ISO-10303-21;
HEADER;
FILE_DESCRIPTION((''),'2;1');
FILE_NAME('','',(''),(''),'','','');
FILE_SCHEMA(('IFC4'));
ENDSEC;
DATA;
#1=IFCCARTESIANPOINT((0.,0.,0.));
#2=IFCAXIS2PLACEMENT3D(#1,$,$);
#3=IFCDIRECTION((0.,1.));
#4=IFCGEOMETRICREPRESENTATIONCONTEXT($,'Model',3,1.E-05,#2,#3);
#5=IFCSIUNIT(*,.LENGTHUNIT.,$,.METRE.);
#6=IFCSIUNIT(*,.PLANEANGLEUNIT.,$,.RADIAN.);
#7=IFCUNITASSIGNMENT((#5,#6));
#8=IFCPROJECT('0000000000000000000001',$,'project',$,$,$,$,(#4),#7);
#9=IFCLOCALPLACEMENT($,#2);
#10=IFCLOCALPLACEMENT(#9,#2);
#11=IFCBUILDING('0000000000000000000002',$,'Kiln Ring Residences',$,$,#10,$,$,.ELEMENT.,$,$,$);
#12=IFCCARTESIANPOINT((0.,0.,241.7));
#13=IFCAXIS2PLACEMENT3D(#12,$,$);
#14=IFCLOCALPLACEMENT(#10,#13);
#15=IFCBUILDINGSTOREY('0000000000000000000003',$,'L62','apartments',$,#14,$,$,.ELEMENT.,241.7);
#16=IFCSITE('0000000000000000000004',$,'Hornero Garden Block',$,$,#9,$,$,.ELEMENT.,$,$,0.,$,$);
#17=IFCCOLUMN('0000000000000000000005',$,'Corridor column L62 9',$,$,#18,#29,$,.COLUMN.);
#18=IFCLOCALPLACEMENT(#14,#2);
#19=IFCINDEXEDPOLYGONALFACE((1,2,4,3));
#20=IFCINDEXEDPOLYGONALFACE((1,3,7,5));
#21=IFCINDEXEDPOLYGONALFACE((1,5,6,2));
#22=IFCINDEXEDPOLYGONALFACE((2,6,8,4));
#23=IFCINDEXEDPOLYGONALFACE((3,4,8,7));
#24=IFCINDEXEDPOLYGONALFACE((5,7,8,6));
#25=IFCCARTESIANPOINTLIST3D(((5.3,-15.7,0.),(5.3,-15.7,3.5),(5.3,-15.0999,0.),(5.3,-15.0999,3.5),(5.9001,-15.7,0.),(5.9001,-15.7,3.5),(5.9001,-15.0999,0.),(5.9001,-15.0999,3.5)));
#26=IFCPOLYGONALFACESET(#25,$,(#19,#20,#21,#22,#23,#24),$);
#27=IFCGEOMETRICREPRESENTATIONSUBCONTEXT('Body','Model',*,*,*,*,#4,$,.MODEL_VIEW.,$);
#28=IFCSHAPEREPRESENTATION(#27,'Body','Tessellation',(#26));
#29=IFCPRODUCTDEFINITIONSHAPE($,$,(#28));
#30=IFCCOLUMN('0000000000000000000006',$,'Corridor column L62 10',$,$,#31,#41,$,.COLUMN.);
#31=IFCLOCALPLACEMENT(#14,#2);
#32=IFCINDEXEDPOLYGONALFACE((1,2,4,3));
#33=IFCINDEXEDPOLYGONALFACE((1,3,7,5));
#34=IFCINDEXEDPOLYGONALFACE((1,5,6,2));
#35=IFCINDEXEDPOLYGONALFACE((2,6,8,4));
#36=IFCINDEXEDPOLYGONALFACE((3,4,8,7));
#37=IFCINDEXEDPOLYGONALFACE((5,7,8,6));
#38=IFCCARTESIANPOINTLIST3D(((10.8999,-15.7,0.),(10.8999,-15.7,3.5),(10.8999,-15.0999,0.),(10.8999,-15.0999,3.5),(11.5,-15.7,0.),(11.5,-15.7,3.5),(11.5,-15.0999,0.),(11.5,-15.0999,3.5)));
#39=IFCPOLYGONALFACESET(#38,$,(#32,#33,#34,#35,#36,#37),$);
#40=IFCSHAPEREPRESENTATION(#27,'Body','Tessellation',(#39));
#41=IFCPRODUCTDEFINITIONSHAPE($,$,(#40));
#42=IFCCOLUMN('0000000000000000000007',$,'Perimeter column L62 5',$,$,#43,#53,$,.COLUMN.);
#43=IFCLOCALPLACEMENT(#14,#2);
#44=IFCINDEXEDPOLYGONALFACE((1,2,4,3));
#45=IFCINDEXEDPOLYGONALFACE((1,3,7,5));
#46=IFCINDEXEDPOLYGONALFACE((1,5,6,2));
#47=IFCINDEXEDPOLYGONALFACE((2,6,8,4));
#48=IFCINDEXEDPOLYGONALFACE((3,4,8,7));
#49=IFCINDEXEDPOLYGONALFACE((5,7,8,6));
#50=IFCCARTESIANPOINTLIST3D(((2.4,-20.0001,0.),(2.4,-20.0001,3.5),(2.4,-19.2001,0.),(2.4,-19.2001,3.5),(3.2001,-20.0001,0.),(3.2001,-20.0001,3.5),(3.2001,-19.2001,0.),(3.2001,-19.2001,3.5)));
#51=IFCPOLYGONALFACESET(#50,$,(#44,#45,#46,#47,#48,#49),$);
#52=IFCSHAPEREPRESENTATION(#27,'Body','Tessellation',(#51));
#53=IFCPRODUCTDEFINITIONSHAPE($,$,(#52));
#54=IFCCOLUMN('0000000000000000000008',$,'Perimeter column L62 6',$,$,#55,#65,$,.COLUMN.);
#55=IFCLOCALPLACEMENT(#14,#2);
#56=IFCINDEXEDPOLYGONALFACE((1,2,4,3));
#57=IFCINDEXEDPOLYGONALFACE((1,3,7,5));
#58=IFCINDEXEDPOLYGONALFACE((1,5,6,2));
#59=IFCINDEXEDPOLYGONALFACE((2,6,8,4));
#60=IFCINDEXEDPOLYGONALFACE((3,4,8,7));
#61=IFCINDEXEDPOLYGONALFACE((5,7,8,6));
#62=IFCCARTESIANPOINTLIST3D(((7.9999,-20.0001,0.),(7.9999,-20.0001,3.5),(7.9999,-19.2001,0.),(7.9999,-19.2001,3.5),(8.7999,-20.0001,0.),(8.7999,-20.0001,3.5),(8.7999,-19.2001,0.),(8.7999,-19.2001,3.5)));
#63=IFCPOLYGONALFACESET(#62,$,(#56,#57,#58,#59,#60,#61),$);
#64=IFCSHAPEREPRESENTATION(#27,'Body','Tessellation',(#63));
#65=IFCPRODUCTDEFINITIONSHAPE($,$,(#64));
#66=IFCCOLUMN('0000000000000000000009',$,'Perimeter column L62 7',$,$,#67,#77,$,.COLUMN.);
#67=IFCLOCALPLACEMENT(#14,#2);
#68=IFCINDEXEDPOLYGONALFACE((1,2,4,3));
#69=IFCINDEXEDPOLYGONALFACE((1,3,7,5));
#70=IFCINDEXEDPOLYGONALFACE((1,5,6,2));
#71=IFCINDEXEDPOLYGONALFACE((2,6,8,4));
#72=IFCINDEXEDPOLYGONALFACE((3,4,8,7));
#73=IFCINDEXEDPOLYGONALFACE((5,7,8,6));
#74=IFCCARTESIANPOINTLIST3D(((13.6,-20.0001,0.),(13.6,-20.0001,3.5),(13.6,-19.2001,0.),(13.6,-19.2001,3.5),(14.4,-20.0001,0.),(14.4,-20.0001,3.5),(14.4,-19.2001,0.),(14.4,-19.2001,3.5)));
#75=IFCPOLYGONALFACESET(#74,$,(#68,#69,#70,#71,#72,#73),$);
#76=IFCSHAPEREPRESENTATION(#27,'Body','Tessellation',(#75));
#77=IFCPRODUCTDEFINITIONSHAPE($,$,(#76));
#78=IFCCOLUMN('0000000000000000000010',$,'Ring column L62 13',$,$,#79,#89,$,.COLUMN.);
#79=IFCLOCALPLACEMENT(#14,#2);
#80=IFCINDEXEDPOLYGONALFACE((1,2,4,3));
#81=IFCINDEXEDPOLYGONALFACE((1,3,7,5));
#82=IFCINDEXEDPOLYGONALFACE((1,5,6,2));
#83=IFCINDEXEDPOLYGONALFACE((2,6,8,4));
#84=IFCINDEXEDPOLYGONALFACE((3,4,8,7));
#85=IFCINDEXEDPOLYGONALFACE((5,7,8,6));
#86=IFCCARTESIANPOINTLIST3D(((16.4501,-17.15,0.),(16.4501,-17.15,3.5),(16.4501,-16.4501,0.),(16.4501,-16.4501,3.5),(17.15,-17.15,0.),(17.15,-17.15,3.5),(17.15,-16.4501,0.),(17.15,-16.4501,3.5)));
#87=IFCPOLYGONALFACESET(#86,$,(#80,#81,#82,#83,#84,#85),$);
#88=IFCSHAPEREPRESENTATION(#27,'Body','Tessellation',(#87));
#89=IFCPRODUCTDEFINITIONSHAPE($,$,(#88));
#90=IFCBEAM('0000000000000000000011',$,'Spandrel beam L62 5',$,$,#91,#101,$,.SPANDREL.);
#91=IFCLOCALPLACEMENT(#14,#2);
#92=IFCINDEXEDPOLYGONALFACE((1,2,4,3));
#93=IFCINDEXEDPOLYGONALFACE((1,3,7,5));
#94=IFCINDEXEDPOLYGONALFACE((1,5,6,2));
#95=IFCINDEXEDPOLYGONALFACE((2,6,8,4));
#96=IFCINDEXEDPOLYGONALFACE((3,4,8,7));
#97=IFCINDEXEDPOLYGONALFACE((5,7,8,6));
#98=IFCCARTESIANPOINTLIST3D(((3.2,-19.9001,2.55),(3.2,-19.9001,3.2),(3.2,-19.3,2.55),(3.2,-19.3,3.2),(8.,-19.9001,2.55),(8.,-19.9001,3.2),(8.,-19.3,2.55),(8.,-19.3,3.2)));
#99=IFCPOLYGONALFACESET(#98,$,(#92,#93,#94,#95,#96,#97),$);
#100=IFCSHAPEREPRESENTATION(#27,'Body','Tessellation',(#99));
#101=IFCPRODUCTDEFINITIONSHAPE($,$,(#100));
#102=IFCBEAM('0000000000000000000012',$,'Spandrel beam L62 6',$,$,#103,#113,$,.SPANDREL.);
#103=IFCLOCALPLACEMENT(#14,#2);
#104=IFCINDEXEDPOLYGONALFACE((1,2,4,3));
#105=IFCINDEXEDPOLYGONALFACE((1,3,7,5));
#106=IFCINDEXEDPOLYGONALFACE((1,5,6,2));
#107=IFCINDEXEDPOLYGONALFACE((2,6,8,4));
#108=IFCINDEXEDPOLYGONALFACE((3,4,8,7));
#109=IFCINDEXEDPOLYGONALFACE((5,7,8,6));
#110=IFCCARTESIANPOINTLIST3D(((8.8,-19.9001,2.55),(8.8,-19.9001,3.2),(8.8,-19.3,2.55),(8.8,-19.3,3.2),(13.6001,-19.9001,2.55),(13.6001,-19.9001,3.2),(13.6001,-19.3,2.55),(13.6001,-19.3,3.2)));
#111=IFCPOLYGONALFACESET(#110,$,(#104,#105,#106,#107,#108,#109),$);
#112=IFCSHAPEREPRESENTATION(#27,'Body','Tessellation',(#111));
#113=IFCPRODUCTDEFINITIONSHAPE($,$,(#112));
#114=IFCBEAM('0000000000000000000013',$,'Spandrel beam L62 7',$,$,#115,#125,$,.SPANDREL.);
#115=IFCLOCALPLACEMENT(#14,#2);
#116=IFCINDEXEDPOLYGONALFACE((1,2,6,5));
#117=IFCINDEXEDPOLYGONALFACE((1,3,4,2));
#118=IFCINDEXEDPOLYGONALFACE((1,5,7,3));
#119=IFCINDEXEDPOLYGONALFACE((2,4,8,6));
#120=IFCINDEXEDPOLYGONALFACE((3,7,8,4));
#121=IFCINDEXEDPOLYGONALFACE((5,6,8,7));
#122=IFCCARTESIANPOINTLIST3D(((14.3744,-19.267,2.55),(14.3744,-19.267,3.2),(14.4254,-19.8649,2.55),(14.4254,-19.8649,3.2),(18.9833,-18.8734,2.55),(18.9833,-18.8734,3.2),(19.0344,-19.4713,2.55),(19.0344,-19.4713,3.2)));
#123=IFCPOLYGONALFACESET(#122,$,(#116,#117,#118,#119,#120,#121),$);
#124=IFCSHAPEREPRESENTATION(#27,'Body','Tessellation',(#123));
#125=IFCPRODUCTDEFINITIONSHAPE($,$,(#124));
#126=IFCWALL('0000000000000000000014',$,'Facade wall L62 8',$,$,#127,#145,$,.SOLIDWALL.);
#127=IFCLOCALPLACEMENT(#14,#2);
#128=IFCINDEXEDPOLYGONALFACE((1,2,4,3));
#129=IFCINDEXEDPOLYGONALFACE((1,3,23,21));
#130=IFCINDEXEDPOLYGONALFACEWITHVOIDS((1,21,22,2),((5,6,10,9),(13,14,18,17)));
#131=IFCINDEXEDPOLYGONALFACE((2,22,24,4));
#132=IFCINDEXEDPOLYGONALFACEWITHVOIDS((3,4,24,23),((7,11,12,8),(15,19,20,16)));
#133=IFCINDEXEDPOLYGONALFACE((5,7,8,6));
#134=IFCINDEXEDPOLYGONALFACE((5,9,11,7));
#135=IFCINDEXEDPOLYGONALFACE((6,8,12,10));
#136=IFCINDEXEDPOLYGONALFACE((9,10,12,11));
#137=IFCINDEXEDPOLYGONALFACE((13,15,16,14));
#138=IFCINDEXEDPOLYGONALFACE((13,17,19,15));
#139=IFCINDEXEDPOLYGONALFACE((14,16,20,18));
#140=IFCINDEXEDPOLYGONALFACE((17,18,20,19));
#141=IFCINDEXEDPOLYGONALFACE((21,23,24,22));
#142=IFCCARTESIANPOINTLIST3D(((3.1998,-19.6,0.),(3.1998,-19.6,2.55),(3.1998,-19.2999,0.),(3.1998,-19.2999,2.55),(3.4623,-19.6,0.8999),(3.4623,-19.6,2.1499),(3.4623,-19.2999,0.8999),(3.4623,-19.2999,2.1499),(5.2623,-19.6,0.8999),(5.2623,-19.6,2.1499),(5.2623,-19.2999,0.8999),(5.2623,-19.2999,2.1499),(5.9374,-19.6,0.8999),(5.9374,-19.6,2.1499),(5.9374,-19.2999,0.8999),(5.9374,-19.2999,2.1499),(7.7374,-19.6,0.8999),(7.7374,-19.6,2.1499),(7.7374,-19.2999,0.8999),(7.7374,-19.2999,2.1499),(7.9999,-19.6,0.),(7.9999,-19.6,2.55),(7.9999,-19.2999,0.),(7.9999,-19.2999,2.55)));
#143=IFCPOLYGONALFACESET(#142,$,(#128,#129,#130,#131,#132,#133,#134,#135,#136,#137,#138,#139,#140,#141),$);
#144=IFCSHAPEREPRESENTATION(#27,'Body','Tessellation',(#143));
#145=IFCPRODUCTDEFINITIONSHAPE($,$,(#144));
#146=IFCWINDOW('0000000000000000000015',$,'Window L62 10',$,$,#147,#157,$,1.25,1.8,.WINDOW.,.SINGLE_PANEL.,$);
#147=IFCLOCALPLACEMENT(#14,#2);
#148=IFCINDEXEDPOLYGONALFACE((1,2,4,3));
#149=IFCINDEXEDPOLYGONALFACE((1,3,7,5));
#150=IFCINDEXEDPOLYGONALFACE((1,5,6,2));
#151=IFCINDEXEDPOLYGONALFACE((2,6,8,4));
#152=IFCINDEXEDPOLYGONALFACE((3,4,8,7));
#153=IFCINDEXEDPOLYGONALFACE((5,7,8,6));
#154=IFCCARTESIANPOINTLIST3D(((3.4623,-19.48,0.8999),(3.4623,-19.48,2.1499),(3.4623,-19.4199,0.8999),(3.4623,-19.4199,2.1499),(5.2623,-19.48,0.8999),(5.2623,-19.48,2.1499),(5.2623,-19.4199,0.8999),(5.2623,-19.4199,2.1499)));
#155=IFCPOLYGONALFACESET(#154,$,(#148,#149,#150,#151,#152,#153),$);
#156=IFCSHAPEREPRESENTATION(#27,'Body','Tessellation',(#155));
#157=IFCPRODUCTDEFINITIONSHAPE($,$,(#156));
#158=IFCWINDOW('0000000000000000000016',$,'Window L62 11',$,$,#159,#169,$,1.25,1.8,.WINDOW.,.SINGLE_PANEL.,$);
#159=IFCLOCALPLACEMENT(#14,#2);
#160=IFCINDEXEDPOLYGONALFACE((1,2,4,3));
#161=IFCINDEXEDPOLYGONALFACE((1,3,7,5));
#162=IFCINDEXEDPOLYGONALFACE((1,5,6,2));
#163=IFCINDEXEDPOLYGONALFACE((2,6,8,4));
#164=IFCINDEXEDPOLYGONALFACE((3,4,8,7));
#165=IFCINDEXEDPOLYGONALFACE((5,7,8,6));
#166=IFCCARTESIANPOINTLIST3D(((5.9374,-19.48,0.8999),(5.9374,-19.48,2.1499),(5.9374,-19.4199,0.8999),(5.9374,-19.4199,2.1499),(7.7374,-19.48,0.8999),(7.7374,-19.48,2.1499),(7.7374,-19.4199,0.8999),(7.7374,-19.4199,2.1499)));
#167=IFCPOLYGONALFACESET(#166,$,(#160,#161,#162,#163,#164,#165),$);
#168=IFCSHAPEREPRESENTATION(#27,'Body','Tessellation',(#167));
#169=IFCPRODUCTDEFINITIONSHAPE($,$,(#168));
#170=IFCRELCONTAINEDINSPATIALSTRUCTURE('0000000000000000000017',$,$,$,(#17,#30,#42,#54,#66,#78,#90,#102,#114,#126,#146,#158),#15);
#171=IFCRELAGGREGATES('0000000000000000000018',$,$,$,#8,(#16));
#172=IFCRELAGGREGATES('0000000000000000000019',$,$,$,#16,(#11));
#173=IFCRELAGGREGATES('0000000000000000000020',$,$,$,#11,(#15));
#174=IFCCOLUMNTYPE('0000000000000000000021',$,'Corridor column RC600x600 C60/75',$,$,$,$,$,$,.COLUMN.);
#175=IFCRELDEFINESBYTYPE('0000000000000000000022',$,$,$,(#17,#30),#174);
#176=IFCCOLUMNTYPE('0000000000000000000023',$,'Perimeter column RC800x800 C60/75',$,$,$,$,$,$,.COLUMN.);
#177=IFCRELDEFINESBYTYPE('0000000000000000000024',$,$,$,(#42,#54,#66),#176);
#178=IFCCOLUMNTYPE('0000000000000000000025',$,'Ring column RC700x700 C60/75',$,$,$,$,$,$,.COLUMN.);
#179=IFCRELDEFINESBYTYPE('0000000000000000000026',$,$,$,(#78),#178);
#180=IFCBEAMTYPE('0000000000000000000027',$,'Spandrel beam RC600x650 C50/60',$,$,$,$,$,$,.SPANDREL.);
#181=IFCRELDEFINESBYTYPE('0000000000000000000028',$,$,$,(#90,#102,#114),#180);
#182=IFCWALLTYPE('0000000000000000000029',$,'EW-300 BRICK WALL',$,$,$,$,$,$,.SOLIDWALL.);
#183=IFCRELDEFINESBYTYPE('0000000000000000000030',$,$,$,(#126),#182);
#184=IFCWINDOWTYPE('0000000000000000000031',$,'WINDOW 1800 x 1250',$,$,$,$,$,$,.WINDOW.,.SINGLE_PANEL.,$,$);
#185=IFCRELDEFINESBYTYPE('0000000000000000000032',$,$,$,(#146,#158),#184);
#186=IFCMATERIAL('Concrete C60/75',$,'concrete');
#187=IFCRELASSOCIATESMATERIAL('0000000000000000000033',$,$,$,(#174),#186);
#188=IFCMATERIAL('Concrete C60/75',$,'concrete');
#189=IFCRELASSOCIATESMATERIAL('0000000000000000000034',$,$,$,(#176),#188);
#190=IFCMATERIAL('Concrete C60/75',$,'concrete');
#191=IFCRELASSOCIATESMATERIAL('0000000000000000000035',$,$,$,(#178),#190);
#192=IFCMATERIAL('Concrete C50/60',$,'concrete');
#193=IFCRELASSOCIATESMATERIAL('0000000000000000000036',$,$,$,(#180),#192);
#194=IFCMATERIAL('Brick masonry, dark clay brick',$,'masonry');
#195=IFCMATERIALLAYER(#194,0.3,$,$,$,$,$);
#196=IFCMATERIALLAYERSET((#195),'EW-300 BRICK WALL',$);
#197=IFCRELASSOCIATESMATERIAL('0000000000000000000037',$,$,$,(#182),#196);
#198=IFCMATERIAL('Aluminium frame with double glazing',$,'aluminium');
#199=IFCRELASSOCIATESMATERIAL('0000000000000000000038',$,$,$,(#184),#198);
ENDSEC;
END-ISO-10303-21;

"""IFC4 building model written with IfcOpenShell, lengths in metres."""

from ifc_helpers import new_model, si_unit, direction, frame, frame_2d, origin, origin_2d, place, context, subcontext, project, spatial, rectangle, extrude, material, layer, layer_set, material_profile, profile_set, type_object, element, fill, save


model = new_model("IFC4")

# Units and contexts
model_context = context("Model", 3, precision=1e-05, world=origin(), true_north=direction((0.0, 1.0)))
body_context = subcontext(model_context, "Body", "Model", "MODEL_VIEW")
ifc_project = project(units=[si_unit("LENGTHUNIT", "METRE"), si_unit("PLANEANGLEUNIT", "RADIAN")], contexts=[model_context])

# Site, building, storey
site_placement = place(None, origin())
site = spatial("IfcSite", under=ifc_project, at=site_placement, Name="Hornero Garden Block", CompositionType="ELEMENT", RefElevation=0.0)
building_placement = place(site_placement, origin())
building = spatial("IfcBuilding", under=site, at=building_placement, Name="Kiln Ring Residences", CompositionType="ELEMENT")
storey_placement = place(building_placement, frame((0.0, 0.0, 241.7)))
storey = spatial("IfcBuildingStorey", under=building, at=storey_placement, Name="L62", Description="apartments", CompositionType="ELEMENT", Elevation=241.7)

# Columns
ifc_material_1 = material(Name="Concrete C60/75", Category="concrete")
ifc_material_profile_1 = material_profile(ifc_material_1, rectangle(XDim=0.6001, YDim=0.6001, at=origin_2d()), Name="RC600x600")
ifc_profile_set_1 = profile_set([ifc_material_profile_1], Name="Concrete C60/75")
column_type_1 = type_object("IfcColumnType", Name="Corridor column RC600x600 C60/75", PredefinedType="COLUMN", material=ifc_profile_set_1)
for number, where, z_axis, x_axis, name in (
    (1, (5.6001, -15.3999, 0.0), (0.0, 0.0, 1.0), (1.0, 0.0, 0.0), "Corridor column L62 9"),
    (2, (11.2, -15.3999, 0.0), (0.0, 0.0, 1.0), (1.0, 0.0, 0.0), "Corridor column L62 10"),
):
    element("IfcColumn", number, at=place(storey_placement, frame(where, z_axis=z_axis, x_axis=x_axis)), inside=storey, type_object=column_type_1, Name=name, PredefinedType="COLUMN", context=body_context, shape_type="SweptSolid", body=[
        extrude(rectangle(XDim=0.6001, YDim=0.6001, at=origin_2d()), origin(), (0.0, 0.0, 1.0), 3.5),
    ])
ifc_material_2 = material(Name="Concrete C60/75", Category="concrete")
ifc_material_profile_2 = material_profile(ifc_material_2, rectangle(XDim=0.8, YDim=0.8, at=origin_2d()), Name="RC800x800")
ifc_profile_set_2 = profile_set([ifc_material_profile_2], Name="Concrete C60/75")
column_type_2 = type_object("IfcColumnType", Name="Perimeter column RC800x800 C60/75", PredefinedType="COLUMN", material=ifc_profile_set_2)
for number, where, z_axis, x_axis, name in (
    (3, (2.8, -19.6001, 0.0), (0.0, 0.0, 1.0), (1.0, 0.0, 0.0), "Perimeter column L62 5"),
    (4, (8.3999, -19.6001, 0.0), (0.0, 0.0, 1.0), (1.0, 0.0, 0.0), "Perimeter column L62 6"),
    (5, (14.0, -19.6001, 0.0), (0.0, 0.0, 1.0), (1.0, 0.0, 0.0), "Perimeter column L62 7"),
):
    element("IfcColumn", number, at=place(storey_placement, frame(where, z_axis=z_axis, x_axis=x_axis)), inside=storey, type_object=column_type_2, Name=name, PredefinedType="COLUMN", context=body_context, shape_type="SweptSolid", body=[
        extrude(rectangle(XDim=0.8, YDim=0.8, at=origin_2d()), origin(), (0.0, 0.0, 1.0), 3.5),
    ])
ifc_material_3 = material(Name="Concrete C60/75", Category="concrete")
ifc_material_profile_3 = material_profile(ifc_material_3, rectangle(XDim=0.7, YDim=0.7, at=origin_2d()), Name="RC700x700")
ifc_profile_set_3 = profile_set([ifc_material_profile_3], Name="Concrete C60/75")
column_type_3 = type_object("IfcColumnType", Name="Ring column RC700x700 C60/75", PredefinedType="COLUMN", material=ifc_profile_set_3)
column_placement = place(storey_placement, frame((16.8, -16.8, 0.0), z_axis=(0.0, 0.0, 1.0), x_axis=(1.0, 0.0, 0.0)))
element("IfcColumn", 6, at=column_placement, inside=storey, type_object=column_type_3, Name="Ring column L62 13", PredefinedType="COLUMN", context=body_context, shape_type="SweptSolid", body=[
    extrude(rectangle(XDim=0.7, YDim=0.7, at=origin_2d()), origin(), (0.0, 0.0, 1.0), 3.5),
])

# Beams
ifc_material_4 = material(Name="Concrete C50/60", Category="concrete")
ifc_material_profile_4 = material_profile(ifc_material_4, rectangle(XDim=0.6001, YDim=0.6499, at=origin_2d()), Name="RC600x650")
ifc_profile_set_4 = profile_set([ifc_material_profile_4], Name="Concrete C50/60")
beam_type = type_object("IfcBeamType", Name="Spandrel beam RC600x650 C50/60", PredefinedType="SPANDREL", material=ifc_profile_set_4)
for number, where, z_axis, x_axis, name in (
    (7, (3.2, -19.6001, 2.875), (1.0, 0.0, 0.0), (0.0, 1.0, 0.0), "Spandrel beam L62 5"),
    (8, (8.8, -19.6001, 2.875), (1.0, 0.0, 0.0), (0.0, 1.0, 0.0), "Spandrel beam L62 6"),
):
    element("IfcBeam", number, at=place(storey_placement, frame(where, z_axis=z_axis, x_axis=x_axis)), inside=storey, type_object=beam_type, Name=name, PredefinedType="SPANDREL", context=body_context, shape_type="SweptSolid", body=[
        extrude(rectangle(XDim=0.6001, YDim=0.6499, at=origin_2d()), origin(), (0.0, 0.0, 1.0), 4.8),
    ])
beam_placement = place(storey_placement, frame((14.3999, -19.5659, 2.875), z_axis=(0.996374, 0.085081, 0.0), x_axis=(-0.085081, 0.996374, 0.0)))
element("IfcBeam", 9, at=beam_placement, inside=storey, type_object=beam_type, Name="Spandrel beam L62 7", PredefinedType="SPANDREL", context=body_context, shape_type="SweptSolid", body=[
    extrude(rectangle(XDim=0.6001, YDim=0.6499, at=origin_2d()), origin(), (0.0, 0.0, 1.0), 4.6257),
])

# Wall, openings, windows
ifc_material_5 = material(Name="Brick masonry, dark clay brick", Category="masonry")
ifc_layer_1 = layer(ifc_material_5, 0.3)
ifc_layer_set_1 = layer_set([ifc_layer_1], Name="EW-300 BRICK WALL")
wall_type_1 = type_object("IfcWallType", Name="EW-300 BRICK WALL", PredefinedType="SOLIDWALL", material=ifc_layer_set_1)
wall_1_placement = place(storey_placement, frame((3.2, -19.45, 0.0), z_axis=(0.0, 0.0, 1.0), x_axis=(1.0, 0.0, 0.0)))
wall_1 = element("IfcWall", 10, at=wall_1_placement, inside=storey, type_object=wall_type_1, Name="Facade wall L62 8", PredefinedType="SOLIDWALL", context=body_context, shape_type="SweptSolid", body=[
    extrude(rectangle(XDim=4.8, YDim=0.3, at=frame_2d((2.3999, 0.0))), origin(), (0.0, 0.0, 1.0), 2.55),
])
opening_1_placement = place(wall_1_placement, frame((0.2625, 0.0, 0.8999)))
opening_1 = element("IfcOpeningElement", 11, at=opening_1_placement, cuts=wall_1, PredefinedType="OPENING", context=body_context, shape_type="SweptSolid", body=[
    extrude(rectangle(XDim=1.8, YDim=1.25, at=frame_2d((0.8999, 0.625))), frame((0.0, 0.1599, 0.0), z_axis=(0.0, -1.0, 0.0), x_axis=(1.0, 0.0, 0.0)), (0.0, 0.0, 1.0), 0.3201),
])
opening_2_placement = place(wall_1_placement, frame((2.7375, 0.0, 0.8999)))
opening_2 = element("IfcOpeningElement", 12, at=opening_2_placement, cuts=wall_1, PredefinedType="OPENING", context=body_context, shape_type="SweptSolid", body=[
    extrude(rectangle(XDim=1.8, YDim=1.25, at=frame_2d((0.8999, 0.625))), frame((0.0, 0.1599, 0.0), z_axis=(0.0, -1.0, 0.0), x_axis=(1.0, 0.0, 0.0)), (0.0, 0.0, 1.0), 0.3201),
])
ifc_material_6 = material(Name="Aluminium frame with double glazing", Category="aluminium")
window_type_1 = type_object("IfcWindowType", Name="WINDOW 1800 x 1250", PartitioningType="SINGLE_PANEL", PredefinedType="WINDOW", material=ifc_material_6)
window_1_placement = place(opening_1_placement, origin())
window_1 = element("IfcWindow", 13, at=window_1_placement, inside=storey, type_object=window_type_1, Name="Window L62 10", OverallHeight=1.25, OverallWidth=1.8, PartitioningType="SINGLE_PANEL", PredefinedType="WINDOW", context=body_context, shape_type="SweptSolid", body=[
    extrude(rectangle(XDim=1.8, YDim=1.25, at=frame_2d((0.8999, 0.625))), frame((0.0, 0.03, 0.0), z_axis=(0.0, -1.0, 0.0), x_axis=(1.0, 0.0, 0.0)), (0.0, 0.0, 1.0), 0.0601),
])
fill(opening_1, window_1)
window_2_placement = place(opening_2_placement, origin())
window_2 = element("IfcWindow", 14, at=window_2_placement, inside=storey, type_object=window_type_1, Name="Window L62 11", OverallHeight=1.25, OverallWidth=1.8, PartitioningType="SINGLE_PANEL", PredefinedType="WINDOW", context=body_context, shape_type="SweptSolid", body=[
    extrude(rectangle(XDim=1.8, YDim=1.25, at=frame_2d((0.8999, 0.625))), frame((0.0, 0.03, 0.0), z_axis=(0.0, -1.0, 0.0), x_axis=(1.0, 0.0, 0.0)), (0.0, 0.0, 1.0), 0.0601),
])
fill(opening_2, window_2)

save(model, "model.ifc")
